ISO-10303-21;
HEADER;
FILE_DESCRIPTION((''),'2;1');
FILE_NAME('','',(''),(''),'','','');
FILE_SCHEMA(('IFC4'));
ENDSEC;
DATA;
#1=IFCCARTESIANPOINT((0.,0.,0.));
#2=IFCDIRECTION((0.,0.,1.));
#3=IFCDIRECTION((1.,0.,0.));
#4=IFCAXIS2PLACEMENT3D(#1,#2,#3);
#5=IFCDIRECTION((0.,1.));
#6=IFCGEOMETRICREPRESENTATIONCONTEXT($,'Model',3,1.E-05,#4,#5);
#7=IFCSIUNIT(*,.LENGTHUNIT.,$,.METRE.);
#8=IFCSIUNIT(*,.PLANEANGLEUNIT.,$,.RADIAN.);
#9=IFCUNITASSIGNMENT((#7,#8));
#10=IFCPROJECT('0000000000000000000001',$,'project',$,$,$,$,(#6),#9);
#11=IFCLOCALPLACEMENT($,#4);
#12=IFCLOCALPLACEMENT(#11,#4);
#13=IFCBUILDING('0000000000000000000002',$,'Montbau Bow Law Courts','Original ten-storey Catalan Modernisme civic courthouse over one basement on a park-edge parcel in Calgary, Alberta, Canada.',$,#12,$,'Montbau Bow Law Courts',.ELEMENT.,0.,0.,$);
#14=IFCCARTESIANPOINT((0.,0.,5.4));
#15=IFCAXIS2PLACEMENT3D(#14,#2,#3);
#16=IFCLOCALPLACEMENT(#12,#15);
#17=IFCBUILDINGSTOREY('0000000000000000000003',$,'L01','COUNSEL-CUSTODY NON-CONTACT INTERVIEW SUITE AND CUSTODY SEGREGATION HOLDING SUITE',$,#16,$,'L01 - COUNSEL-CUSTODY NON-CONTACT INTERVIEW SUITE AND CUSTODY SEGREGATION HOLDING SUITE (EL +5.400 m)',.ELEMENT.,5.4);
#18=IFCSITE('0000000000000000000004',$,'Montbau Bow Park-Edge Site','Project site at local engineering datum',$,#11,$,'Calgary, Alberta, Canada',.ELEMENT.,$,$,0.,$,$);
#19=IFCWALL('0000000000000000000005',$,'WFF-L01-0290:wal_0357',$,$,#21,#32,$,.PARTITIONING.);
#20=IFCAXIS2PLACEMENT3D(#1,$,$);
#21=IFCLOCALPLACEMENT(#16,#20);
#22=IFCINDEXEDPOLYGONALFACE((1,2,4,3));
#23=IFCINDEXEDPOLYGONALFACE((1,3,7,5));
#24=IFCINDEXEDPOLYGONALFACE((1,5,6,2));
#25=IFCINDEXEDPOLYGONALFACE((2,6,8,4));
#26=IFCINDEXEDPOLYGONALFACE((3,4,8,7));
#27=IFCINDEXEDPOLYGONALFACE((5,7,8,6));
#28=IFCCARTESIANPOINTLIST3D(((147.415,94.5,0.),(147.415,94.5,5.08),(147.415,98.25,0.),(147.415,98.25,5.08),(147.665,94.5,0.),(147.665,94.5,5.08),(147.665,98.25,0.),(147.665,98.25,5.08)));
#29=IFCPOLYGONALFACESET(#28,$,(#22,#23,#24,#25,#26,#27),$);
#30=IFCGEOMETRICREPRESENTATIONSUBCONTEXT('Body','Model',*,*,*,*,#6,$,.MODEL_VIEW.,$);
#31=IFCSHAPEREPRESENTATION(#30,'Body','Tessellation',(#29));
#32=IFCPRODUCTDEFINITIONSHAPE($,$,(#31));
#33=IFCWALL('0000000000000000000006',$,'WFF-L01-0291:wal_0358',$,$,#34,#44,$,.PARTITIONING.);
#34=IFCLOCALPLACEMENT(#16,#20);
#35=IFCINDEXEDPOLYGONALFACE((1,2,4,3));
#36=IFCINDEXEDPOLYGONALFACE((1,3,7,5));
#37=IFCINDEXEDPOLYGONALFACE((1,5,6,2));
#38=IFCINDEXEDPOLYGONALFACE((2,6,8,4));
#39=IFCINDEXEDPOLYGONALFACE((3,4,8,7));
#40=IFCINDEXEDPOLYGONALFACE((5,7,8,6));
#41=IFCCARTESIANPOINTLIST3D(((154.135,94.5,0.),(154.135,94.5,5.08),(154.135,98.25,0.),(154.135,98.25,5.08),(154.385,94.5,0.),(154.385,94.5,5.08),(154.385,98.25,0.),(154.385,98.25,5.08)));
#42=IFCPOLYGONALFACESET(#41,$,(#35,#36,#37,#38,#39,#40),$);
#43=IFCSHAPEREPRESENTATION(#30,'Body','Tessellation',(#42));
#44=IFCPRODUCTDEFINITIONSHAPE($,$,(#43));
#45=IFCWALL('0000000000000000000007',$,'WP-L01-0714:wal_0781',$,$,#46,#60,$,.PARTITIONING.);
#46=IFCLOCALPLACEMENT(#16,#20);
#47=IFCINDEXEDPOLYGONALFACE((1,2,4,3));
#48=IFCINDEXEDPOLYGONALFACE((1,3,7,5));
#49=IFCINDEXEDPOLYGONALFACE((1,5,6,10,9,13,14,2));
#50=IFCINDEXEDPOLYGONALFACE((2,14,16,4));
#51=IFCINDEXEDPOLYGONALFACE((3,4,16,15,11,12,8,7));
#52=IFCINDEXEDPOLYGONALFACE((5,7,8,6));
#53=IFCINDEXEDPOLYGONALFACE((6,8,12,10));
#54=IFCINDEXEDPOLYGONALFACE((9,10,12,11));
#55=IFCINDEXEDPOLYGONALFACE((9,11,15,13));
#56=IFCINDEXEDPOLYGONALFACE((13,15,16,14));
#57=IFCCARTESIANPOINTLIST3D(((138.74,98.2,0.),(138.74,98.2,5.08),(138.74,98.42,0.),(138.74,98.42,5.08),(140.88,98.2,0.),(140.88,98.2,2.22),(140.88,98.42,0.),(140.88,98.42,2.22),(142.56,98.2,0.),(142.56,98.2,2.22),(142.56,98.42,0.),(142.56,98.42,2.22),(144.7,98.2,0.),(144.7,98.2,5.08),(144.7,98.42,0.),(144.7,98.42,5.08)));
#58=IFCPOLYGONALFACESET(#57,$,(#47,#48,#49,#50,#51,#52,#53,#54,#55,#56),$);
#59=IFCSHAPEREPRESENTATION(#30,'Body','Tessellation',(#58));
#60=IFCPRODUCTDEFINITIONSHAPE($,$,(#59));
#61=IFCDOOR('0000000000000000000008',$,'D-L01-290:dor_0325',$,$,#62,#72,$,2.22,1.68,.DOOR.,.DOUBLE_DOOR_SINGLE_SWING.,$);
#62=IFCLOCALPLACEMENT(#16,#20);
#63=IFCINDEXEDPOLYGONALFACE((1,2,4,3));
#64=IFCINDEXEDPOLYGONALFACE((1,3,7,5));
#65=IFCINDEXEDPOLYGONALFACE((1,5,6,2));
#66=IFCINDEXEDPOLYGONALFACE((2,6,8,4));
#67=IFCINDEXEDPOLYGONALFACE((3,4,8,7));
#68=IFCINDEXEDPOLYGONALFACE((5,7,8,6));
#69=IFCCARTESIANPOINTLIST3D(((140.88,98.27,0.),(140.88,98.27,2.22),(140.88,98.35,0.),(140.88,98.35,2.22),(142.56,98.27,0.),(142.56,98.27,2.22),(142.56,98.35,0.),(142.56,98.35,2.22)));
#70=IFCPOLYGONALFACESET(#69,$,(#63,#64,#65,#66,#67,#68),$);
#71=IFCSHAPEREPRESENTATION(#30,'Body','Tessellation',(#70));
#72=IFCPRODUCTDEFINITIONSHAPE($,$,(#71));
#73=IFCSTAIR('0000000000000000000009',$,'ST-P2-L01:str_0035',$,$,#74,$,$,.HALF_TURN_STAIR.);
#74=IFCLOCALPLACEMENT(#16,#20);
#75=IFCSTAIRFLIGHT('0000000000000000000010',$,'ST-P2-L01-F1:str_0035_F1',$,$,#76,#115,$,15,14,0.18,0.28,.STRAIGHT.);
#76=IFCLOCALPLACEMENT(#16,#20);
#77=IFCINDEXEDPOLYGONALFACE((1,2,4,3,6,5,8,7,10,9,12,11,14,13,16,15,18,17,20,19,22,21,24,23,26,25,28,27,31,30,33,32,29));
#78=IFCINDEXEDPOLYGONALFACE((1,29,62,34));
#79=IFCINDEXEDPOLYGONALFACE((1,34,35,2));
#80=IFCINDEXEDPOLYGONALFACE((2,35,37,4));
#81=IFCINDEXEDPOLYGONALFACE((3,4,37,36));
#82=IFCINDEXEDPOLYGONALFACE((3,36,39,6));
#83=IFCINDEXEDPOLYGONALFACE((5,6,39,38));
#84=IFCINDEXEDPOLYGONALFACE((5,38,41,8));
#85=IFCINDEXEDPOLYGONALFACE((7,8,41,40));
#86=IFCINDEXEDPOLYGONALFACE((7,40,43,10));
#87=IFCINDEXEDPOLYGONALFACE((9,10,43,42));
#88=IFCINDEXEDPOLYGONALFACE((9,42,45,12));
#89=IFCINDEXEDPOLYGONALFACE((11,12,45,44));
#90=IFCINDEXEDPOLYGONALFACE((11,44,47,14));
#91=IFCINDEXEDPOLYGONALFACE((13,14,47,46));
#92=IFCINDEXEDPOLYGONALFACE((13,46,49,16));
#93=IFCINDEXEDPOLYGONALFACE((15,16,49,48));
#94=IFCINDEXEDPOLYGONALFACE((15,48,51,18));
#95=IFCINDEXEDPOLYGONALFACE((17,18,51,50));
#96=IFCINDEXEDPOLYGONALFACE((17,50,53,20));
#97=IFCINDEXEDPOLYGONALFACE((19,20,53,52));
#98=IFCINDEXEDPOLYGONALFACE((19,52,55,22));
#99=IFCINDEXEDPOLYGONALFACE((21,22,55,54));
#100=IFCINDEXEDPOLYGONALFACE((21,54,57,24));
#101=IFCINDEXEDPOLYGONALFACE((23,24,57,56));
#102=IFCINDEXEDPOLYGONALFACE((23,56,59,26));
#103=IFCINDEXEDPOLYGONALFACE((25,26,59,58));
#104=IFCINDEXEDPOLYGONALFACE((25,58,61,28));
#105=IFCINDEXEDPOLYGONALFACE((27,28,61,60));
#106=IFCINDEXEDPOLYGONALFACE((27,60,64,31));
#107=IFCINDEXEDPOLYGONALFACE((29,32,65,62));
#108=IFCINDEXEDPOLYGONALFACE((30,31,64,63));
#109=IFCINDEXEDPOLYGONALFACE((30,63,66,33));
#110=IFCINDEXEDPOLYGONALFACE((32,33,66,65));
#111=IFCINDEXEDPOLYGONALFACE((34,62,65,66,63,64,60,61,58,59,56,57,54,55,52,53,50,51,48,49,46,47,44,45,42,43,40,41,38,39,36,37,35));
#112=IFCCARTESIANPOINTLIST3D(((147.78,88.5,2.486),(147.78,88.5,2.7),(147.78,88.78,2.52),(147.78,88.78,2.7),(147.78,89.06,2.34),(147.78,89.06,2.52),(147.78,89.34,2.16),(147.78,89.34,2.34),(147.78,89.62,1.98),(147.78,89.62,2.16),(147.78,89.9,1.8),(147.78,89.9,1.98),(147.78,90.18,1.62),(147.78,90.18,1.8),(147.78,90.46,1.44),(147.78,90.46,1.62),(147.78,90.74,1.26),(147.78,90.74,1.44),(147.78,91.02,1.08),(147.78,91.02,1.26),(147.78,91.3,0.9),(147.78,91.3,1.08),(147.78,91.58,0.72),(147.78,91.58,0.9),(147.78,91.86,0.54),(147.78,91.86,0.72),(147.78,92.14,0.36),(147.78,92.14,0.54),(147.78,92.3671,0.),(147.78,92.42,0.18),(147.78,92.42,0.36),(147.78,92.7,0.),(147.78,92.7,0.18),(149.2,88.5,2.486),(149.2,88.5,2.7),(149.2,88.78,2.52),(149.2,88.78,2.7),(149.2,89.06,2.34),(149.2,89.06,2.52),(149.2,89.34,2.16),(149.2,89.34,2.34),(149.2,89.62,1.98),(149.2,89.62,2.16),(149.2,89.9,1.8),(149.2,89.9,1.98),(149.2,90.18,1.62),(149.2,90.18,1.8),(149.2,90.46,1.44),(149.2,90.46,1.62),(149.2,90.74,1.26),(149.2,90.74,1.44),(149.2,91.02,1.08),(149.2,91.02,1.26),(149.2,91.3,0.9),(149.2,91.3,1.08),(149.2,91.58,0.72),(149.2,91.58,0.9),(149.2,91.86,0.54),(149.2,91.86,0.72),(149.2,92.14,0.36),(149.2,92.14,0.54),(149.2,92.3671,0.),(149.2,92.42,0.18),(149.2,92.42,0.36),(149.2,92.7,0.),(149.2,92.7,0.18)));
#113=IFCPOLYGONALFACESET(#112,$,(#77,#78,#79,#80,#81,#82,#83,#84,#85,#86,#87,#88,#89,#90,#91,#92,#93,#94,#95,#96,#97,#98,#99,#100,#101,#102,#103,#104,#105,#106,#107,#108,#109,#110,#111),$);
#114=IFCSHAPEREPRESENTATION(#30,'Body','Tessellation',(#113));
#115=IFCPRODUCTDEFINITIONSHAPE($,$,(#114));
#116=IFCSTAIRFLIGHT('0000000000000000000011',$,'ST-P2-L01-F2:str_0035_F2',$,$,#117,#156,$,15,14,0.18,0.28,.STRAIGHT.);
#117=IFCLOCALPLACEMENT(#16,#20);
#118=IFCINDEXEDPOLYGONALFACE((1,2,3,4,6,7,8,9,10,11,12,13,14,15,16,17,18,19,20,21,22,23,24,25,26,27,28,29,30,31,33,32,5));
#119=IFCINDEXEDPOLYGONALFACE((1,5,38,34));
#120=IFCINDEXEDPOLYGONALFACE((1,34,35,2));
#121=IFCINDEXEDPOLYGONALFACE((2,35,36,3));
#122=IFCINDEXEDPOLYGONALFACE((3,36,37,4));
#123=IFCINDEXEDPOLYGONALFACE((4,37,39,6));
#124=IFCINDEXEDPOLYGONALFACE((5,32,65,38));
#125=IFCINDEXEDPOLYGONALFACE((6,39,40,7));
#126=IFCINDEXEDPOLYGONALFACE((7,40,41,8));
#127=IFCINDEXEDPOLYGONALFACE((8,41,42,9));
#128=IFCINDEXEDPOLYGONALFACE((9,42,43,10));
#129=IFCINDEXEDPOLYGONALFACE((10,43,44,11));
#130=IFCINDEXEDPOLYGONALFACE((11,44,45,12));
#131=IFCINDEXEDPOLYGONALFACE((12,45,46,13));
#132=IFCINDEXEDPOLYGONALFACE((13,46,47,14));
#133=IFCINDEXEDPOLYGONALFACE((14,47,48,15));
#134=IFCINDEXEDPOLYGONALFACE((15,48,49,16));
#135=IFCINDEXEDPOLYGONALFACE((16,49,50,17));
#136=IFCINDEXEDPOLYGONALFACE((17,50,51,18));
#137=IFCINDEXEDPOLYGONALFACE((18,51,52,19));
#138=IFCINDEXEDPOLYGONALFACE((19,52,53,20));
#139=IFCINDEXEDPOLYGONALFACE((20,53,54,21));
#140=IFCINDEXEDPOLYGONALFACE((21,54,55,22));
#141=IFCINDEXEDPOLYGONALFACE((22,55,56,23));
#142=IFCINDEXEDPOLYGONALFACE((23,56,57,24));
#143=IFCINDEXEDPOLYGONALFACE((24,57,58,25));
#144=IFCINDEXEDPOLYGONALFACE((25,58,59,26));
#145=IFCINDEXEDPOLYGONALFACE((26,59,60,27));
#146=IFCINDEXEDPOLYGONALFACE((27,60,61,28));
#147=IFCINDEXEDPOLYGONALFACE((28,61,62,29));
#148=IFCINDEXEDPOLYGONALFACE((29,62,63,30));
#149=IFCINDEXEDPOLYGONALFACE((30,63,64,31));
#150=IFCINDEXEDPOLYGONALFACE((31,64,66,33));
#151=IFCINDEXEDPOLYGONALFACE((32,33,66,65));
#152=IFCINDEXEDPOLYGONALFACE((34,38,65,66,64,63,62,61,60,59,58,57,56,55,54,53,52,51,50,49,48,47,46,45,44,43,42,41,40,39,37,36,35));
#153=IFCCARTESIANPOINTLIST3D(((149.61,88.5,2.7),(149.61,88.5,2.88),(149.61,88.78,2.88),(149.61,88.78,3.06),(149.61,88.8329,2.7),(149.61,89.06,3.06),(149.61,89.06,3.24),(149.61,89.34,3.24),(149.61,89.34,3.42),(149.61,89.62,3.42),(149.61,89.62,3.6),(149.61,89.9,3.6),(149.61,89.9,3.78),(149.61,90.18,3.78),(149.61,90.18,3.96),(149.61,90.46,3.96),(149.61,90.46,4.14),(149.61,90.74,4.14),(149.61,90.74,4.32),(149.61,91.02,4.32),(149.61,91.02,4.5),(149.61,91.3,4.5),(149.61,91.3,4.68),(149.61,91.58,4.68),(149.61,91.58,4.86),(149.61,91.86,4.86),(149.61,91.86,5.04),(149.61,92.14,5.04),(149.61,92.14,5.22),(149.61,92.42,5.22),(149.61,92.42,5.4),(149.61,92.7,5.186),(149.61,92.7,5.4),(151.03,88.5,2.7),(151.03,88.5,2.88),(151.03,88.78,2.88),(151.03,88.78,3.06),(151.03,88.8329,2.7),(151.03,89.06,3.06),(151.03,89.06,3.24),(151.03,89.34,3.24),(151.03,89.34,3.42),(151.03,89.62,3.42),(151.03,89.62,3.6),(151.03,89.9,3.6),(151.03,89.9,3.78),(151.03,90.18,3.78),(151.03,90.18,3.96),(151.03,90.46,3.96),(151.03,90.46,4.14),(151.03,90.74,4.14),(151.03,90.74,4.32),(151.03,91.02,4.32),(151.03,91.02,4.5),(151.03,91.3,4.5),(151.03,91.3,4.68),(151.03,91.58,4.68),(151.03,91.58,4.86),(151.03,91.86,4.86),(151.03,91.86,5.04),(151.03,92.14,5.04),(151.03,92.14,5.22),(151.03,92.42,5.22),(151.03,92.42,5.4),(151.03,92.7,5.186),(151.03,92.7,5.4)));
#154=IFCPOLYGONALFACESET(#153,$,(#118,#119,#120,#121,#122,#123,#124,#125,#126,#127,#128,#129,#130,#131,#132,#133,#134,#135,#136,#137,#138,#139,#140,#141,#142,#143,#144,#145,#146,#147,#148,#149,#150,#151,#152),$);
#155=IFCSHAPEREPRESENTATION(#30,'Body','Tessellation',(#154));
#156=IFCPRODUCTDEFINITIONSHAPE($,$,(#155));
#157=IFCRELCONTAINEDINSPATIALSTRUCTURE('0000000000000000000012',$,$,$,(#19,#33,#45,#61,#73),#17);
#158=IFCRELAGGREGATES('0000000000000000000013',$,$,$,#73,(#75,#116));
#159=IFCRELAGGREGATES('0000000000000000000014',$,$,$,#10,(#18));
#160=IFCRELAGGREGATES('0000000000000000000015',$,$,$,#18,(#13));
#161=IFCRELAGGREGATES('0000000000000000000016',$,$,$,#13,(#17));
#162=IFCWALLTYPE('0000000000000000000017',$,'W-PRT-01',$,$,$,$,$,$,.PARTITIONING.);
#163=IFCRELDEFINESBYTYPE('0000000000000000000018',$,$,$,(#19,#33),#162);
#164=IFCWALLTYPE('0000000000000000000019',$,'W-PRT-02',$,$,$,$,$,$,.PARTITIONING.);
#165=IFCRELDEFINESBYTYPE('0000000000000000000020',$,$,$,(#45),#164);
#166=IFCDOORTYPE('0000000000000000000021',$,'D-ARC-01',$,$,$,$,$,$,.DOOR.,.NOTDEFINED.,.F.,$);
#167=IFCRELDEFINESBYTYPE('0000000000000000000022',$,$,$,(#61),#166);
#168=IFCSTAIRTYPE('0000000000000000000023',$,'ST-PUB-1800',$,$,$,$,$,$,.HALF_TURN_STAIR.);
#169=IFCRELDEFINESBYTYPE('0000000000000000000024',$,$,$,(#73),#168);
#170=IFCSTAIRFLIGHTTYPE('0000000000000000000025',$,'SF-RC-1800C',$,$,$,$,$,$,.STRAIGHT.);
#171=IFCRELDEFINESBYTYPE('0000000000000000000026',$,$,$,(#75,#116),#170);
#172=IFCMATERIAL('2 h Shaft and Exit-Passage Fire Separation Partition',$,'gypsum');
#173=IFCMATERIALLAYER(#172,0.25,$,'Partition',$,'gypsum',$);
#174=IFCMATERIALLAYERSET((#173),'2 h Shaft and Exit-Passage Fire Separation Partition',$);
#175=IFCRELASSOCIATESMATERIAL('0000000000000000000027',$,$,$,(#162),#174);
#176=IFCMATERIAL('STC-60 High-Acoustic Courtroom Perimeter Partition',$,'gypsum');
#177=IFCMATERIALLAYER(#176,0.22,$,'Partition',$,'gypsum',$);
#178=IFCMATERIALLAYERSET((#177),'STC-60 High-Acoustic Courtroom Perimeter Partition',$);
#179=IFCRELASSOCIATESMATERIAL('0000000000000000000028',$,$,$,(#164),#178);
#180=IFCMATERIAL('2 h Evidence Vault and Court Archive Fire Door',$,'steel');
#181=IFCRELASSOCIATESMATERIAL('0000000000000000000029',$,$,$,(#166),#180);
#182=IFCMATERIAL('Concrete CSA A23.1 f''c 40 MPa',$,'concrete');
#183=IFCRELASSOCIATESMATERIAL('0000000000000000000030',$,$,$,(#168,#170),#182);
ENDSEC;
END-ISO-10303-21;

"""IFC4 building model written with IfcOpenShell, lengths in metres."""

from ifc_helpers import new_model, si_unit, direction, frame, frame_2d, origin_with_axes, place, context, subcontext, project, spatial, polyline, rectangle, outline, extrude, material, layer, layer_set, type_object, element, fill, aggregate, save


model = new_model("IFC4")

# Units and contexts
model_context = context("Model", 3, precision=1e-05, world=origin_with_axes(), true_north=direction((0.0, 1.0)))
body_context = subcontext(model_context, "Body", "Model", "MODEL_VIEW")
ifc_project = project(units=[si_unit("LENGTHUNIT", "METRE"), si_unit("PLANEANGLEUNIT", "RADIAN")], contexts=[model_context])

# Site, building, storey
site_placement = place(None, origin_with_axes())
site = spatial("IfcSite", under=ifc_project, at=site_placement, Name="Montbau Bow Park-Edge Site", Description="Project site at local engineering datum", LongName="Calgary, Alberta, Canada", CompositionType="ELEMENT", RefElevation=0.0)
building_placement = place(site_placement, origin_with_axes())
building = spatial("IfcBuilding", under=site, at=building_placement, Name="Montbau Bow Law Courts", Description="Original ten-storey Catalan Modernisme civic courthouse over one basement on a park-edge parcel in Calgary, Alberta, Canada.", LongName="Montbau Bow Law Courts", CompositionType="ELEMENT", ElevationOfRefHeight=0.0, ElevationOfTerrain=0.0)
storey_placement = place(building_placement, frame((0.0, 0.0, 5.4), z_axis=(0.0, 0.0, 1.0), x_axis=(1.0, 0.0, 0.0)))
storey = spatial("IfcBuildingStorey", under=building, at=storey_placement, Name="L01", Description="COUNSEL-CUSTODY NON-CONTACT INTERVIEW SUITE AND CUSTODY SEGREGATION HOLDING SUITE", LongName="L01 - COUNSEL-CUSTODY NON-CONTACT INTERVIEW SUITE AND CUSTODY SEGREGATION HOLDING SUITE (EL +5.400 m)", CompositionType="ELEMENT", Elevation=5.4)

# Walls
ifc_material_1 = material(Name="2 h Shaft and Exit-Passage Fire Separation Partition", Category="gypsum")
ifc_layer_1 = layer(ifc_material_1, 0.25, Name="Partition", Category="gypsum")
ifc_layer_set_1 = layer_set([ifc_layer_1], Name="2 h Shaft and Exit-Passage Fire Separation Partition")
wall_type_1 = type_object("IfcWallType", Name="W-PRT-01", PredefinedType="PARTITIONING", material=ifc_layer_set_1)
for number, where, z_axis, x_axis, name in (
    (1, (147.54, 94.5, 5.4), (0.0, 0.0, 1.0), (0.0, 1.0, 0.0), "WFF-L01-0290:wal_0357"),
    (2, (154.26, 94.5, 5.4), (0.0, 0.0, 1.0), (0.0, 1.0, 0.0), "WFF-L01-0291:wal_0358"),
):
    element("IfcWall", number, at=place(None, frame(where, z_axis=z_axis, x_axis=x_axis)), inside=storey, type_object=wall_type_1, Name=name, PredefinedType="PARTITIONING", context=body_context, shape_type="SweptSolid", body=[
        extrude(rectangle(XDim=3.75, YDim=0.25, at=frame_2d((1.875, 0.0), x_axis=(1.0, 0.0))), origin_with_axes(), (0.0, 0.0, 1.0), 5.08),
    ])

# Wall, opening, door
ifc_material_2 = material(Name="STC-60 High-Acoustic Courtroom Perimeter Partition", Category="gypsum")
ifc_layer_2 = layer(ifc_material_2, 0.22, Name="Partition", Category="gypsum")
ifc_layer_set_2 = layer_set([ifc_layer_2], Name="STC-60 High-Acoustic Courtroom Perimeter Partition")
wall_type_2 = type_object("IfcWallType", Name="W-PRT-02", PredefinedType="PARTITIONING", material=ifc_layer_set_2)
wall_1_placement = place(None, frame((138.74, 98.31, 5.4), z_axis=(0.0, 0.0, 1.0), x_axis=(1.0, 0.0, 0.0)))
wall_1 = element("IfcWall", 3, at=wall_1_placement, inside=storey, type_object=wall_type_2, Name="WP-L01-0714:wal_0781", PredefinedType="PARTITIONING", context=body_context, shape_type="SweptSolid", body=[
    extrude(rectangle(XDim=5.96, YDim=0.22, at=frame_2d((2.98, 0.0), x_axis=(1.0, 0.0))), origin_with_axes(), (0.0, 0.0, 1.0), 5.08),
])
opening_placement = place(None, frame((141.72, 98.31, 5.4), z_axis=(0.0, 0.0, 1.0), x_axis=(1.0, 0.0, 0.0)))
opening = element("IfcOpeningElement", 4, at=opening_placement, cuts=wall_1, PredefinedType="OPENING", context=body_context, shape_type="SweptSolid", body=[
    extrude(rectangle(XDim=1.68, YDim=2.22, at=frame_2d((0.0, 1.11), x_axis=(1.0, 0.0))), frame((0.0, 0.12, 0.0), z_axis=(0.0, -1.0, 0.0), x_axis=(1.0, 0.0, 0.0)), (0.0, 0.0, 1.0), 0.24),
])
ifc_material_3 = material(Name="2 h Evidence Vault and Court Archive Fire Door", Category="steel")
door_type = type_object("IfcDoorType", Name="D-ARC-01", OperationType="NOTDEFINED", ParameterTakesPrecedence=False, PredefinedType="DOOR", material=ifc_material_3)
door_placement = place(None, frame((141.72, 98.31, 5.4), z_axis=(0.0, 0.0, 1.0), x_axis=(1.0, 0.0, 0.0)))
door = element("IfcDoor", 5, at=door_placement, inside=storey, type_object=door_type, Name="D-L01-290:dor_0325", OperationType="DOUBLE_DOOR_SINGLE_SWING", OverallHeight=2.22, OverallWidth=1.68, PredefinedType="DOOR", context=body_context, shape_type="SweptSolid", body=[
    extrude(rectangle(XDim=1.68, YDim=2.22, at=frame_2d((0.0, 1.11), x_axis=(1.0, 0.0))), frame((0.0, 0.04, 0.0), z_axis=(0.0, -1.0, 0.0), x_axis=(1.0, 0.0, 0.0)), (0.0, 0.0, 1.0), 0.08),
])
fill(opening, door)

# Stair, stair flights
ifc_material_4 = material(Name="Concrete CSA A23.1 f'c 40 MPa", Category="concrete")
stair_type = type_object("IfcStairType", Name="ST-PUB-1800", PredefinedType="HALF_TURN_STAIR", material=ifc_material_4)
stair_placement = place(None, frame((148.49, 92.7, 5.4), z_axis=(0.0, 0.0, 1.0), x_axis=(1.0, 0.0, 0.0)))
stair = element("IfcStair", 6, at=stair_placement, inside=storey, type_object=stair_type, Name="ST-P2-L01:str_0035", PredefinedType="HALF_TURN_STAIR")
stair_flight_type = type_object("IfcStairFlightType", Name="SF-RC-1800C", PredefinedType="STRAIGHT", material=ifc_material_4)
stair_flight_1_placement = place(None, frame((148.49, 92.7, 5.4), z_axis=(0.0, 0.0, 1.0), x_axis=(0.0, -1.0, 0.0)))
stair_flight_1 = element("IfcStairFlight", 7, at=stair_flight_1_placement, type_object=stair_flight_type, Name="ST-P2-L01-F1:str_0035_F1", NumberOfRisers=15, NumberOfTreads=14, PredefinedType="STRAIGHT", RiserHeight=0.18, TreadLength=0.28, context=body_context, shape_type="SweptSolid", body=[
    extrude(outline(polyline([(0.0, 0.0), (0.0, 0.18), (0.28, 0.18), (0.28, 0.36), (0.56, 0.36), (0.56, 0.54), (0.84, 0.54), (0.84, 0.72), (1.12, 0.72), (1.12, 0.9), (1.4, 0.9), (1.4, 1.08), (1.68, 1.08), (1.68, 1.26), (1.96, 1.26), (1.96, 1.44), (2.24, 1.44), (2.24, 1.62), (2.52, 1.62), (2.52, 1.8), (2.8, 1.8), (2.8, 1.98), (3.08, 1.98), (3.08, 2.16), (3.36, 2.16), (3.36, 2.34), (3.64, 2.34), (3.64, 2.52), (3.92, 2.52), (3.92, 2.7), (4.2, 2.7), (4.2, 2.486), (0.3329, 0.0), (0.0, 0.0)])), frame((0.0, 0.71, 0.0), z_axis=(0.0, -1.0, 0.0), x_axis=(1.0, 0.0, 0.0)), (0.0, 0.0, 1.0), 1.42),
])
stair_flight_2_placement = place(None, frame((150.32, 88.5, 8.1), z_axis=(0.0, 0.0, 1.0), x_axis=(0.0, 1.0, 0.0)))
stair_flight_2 = element("IfcStairFlight", 8, at=stair_flight_2_placement, type_object=stair_flight_type, Name="ST-P2-L01-F2:str_0035_F2", NumberOfRisers=15, NumberOfTreads=14, PredefinedType="STRAIGHT", RiserHeight=0.18, TreadLength=0.28, context=body_context, shape_type="SweptSolid", body=[
    extrude(outline(polyline([(0.0, 0.0), (0.0, 0.18), (0.28, 0.18), (0.28, 0.36), (0.56, 0.36), (0.56, 0.54), (0.84, 0.54), (0.84, 0.72), (1.12, 0.72), (1.12, 0.9), (1.4, 0.9), (1.4, 1.08), (1.68, 1.08), (1.68, 1.26), (1.96, 1.26), (1.96, 1.44), (2.24, 1.44), (2.24, 1.62), (2.52, 1.62), (2.52, 1.8), (2.8, 1.8), (2.8, 1.98), (3.08, 1.98), (3.08, 2.16), (3.36, 2.16), (3.36, 2.34), (3.64, 2.34), (3.64, 2.52), (3.92, 2.52), (3.92, 2.7), (4.2, 2.7), (4.2, 2.486), (0.3329, 0.0), (0.0, 0.0)])), frame((0.0, 0.71, 0.0), z_axis=(0.0, -1.0, 0.0), x_axis=(1.0, 0.0, 0.0)), (0.0, 0.0, 1.0), 1.42),
])
aggregate(stair, [stair_flight_1, stair_flight_2])

save(model, "model.ifc")
